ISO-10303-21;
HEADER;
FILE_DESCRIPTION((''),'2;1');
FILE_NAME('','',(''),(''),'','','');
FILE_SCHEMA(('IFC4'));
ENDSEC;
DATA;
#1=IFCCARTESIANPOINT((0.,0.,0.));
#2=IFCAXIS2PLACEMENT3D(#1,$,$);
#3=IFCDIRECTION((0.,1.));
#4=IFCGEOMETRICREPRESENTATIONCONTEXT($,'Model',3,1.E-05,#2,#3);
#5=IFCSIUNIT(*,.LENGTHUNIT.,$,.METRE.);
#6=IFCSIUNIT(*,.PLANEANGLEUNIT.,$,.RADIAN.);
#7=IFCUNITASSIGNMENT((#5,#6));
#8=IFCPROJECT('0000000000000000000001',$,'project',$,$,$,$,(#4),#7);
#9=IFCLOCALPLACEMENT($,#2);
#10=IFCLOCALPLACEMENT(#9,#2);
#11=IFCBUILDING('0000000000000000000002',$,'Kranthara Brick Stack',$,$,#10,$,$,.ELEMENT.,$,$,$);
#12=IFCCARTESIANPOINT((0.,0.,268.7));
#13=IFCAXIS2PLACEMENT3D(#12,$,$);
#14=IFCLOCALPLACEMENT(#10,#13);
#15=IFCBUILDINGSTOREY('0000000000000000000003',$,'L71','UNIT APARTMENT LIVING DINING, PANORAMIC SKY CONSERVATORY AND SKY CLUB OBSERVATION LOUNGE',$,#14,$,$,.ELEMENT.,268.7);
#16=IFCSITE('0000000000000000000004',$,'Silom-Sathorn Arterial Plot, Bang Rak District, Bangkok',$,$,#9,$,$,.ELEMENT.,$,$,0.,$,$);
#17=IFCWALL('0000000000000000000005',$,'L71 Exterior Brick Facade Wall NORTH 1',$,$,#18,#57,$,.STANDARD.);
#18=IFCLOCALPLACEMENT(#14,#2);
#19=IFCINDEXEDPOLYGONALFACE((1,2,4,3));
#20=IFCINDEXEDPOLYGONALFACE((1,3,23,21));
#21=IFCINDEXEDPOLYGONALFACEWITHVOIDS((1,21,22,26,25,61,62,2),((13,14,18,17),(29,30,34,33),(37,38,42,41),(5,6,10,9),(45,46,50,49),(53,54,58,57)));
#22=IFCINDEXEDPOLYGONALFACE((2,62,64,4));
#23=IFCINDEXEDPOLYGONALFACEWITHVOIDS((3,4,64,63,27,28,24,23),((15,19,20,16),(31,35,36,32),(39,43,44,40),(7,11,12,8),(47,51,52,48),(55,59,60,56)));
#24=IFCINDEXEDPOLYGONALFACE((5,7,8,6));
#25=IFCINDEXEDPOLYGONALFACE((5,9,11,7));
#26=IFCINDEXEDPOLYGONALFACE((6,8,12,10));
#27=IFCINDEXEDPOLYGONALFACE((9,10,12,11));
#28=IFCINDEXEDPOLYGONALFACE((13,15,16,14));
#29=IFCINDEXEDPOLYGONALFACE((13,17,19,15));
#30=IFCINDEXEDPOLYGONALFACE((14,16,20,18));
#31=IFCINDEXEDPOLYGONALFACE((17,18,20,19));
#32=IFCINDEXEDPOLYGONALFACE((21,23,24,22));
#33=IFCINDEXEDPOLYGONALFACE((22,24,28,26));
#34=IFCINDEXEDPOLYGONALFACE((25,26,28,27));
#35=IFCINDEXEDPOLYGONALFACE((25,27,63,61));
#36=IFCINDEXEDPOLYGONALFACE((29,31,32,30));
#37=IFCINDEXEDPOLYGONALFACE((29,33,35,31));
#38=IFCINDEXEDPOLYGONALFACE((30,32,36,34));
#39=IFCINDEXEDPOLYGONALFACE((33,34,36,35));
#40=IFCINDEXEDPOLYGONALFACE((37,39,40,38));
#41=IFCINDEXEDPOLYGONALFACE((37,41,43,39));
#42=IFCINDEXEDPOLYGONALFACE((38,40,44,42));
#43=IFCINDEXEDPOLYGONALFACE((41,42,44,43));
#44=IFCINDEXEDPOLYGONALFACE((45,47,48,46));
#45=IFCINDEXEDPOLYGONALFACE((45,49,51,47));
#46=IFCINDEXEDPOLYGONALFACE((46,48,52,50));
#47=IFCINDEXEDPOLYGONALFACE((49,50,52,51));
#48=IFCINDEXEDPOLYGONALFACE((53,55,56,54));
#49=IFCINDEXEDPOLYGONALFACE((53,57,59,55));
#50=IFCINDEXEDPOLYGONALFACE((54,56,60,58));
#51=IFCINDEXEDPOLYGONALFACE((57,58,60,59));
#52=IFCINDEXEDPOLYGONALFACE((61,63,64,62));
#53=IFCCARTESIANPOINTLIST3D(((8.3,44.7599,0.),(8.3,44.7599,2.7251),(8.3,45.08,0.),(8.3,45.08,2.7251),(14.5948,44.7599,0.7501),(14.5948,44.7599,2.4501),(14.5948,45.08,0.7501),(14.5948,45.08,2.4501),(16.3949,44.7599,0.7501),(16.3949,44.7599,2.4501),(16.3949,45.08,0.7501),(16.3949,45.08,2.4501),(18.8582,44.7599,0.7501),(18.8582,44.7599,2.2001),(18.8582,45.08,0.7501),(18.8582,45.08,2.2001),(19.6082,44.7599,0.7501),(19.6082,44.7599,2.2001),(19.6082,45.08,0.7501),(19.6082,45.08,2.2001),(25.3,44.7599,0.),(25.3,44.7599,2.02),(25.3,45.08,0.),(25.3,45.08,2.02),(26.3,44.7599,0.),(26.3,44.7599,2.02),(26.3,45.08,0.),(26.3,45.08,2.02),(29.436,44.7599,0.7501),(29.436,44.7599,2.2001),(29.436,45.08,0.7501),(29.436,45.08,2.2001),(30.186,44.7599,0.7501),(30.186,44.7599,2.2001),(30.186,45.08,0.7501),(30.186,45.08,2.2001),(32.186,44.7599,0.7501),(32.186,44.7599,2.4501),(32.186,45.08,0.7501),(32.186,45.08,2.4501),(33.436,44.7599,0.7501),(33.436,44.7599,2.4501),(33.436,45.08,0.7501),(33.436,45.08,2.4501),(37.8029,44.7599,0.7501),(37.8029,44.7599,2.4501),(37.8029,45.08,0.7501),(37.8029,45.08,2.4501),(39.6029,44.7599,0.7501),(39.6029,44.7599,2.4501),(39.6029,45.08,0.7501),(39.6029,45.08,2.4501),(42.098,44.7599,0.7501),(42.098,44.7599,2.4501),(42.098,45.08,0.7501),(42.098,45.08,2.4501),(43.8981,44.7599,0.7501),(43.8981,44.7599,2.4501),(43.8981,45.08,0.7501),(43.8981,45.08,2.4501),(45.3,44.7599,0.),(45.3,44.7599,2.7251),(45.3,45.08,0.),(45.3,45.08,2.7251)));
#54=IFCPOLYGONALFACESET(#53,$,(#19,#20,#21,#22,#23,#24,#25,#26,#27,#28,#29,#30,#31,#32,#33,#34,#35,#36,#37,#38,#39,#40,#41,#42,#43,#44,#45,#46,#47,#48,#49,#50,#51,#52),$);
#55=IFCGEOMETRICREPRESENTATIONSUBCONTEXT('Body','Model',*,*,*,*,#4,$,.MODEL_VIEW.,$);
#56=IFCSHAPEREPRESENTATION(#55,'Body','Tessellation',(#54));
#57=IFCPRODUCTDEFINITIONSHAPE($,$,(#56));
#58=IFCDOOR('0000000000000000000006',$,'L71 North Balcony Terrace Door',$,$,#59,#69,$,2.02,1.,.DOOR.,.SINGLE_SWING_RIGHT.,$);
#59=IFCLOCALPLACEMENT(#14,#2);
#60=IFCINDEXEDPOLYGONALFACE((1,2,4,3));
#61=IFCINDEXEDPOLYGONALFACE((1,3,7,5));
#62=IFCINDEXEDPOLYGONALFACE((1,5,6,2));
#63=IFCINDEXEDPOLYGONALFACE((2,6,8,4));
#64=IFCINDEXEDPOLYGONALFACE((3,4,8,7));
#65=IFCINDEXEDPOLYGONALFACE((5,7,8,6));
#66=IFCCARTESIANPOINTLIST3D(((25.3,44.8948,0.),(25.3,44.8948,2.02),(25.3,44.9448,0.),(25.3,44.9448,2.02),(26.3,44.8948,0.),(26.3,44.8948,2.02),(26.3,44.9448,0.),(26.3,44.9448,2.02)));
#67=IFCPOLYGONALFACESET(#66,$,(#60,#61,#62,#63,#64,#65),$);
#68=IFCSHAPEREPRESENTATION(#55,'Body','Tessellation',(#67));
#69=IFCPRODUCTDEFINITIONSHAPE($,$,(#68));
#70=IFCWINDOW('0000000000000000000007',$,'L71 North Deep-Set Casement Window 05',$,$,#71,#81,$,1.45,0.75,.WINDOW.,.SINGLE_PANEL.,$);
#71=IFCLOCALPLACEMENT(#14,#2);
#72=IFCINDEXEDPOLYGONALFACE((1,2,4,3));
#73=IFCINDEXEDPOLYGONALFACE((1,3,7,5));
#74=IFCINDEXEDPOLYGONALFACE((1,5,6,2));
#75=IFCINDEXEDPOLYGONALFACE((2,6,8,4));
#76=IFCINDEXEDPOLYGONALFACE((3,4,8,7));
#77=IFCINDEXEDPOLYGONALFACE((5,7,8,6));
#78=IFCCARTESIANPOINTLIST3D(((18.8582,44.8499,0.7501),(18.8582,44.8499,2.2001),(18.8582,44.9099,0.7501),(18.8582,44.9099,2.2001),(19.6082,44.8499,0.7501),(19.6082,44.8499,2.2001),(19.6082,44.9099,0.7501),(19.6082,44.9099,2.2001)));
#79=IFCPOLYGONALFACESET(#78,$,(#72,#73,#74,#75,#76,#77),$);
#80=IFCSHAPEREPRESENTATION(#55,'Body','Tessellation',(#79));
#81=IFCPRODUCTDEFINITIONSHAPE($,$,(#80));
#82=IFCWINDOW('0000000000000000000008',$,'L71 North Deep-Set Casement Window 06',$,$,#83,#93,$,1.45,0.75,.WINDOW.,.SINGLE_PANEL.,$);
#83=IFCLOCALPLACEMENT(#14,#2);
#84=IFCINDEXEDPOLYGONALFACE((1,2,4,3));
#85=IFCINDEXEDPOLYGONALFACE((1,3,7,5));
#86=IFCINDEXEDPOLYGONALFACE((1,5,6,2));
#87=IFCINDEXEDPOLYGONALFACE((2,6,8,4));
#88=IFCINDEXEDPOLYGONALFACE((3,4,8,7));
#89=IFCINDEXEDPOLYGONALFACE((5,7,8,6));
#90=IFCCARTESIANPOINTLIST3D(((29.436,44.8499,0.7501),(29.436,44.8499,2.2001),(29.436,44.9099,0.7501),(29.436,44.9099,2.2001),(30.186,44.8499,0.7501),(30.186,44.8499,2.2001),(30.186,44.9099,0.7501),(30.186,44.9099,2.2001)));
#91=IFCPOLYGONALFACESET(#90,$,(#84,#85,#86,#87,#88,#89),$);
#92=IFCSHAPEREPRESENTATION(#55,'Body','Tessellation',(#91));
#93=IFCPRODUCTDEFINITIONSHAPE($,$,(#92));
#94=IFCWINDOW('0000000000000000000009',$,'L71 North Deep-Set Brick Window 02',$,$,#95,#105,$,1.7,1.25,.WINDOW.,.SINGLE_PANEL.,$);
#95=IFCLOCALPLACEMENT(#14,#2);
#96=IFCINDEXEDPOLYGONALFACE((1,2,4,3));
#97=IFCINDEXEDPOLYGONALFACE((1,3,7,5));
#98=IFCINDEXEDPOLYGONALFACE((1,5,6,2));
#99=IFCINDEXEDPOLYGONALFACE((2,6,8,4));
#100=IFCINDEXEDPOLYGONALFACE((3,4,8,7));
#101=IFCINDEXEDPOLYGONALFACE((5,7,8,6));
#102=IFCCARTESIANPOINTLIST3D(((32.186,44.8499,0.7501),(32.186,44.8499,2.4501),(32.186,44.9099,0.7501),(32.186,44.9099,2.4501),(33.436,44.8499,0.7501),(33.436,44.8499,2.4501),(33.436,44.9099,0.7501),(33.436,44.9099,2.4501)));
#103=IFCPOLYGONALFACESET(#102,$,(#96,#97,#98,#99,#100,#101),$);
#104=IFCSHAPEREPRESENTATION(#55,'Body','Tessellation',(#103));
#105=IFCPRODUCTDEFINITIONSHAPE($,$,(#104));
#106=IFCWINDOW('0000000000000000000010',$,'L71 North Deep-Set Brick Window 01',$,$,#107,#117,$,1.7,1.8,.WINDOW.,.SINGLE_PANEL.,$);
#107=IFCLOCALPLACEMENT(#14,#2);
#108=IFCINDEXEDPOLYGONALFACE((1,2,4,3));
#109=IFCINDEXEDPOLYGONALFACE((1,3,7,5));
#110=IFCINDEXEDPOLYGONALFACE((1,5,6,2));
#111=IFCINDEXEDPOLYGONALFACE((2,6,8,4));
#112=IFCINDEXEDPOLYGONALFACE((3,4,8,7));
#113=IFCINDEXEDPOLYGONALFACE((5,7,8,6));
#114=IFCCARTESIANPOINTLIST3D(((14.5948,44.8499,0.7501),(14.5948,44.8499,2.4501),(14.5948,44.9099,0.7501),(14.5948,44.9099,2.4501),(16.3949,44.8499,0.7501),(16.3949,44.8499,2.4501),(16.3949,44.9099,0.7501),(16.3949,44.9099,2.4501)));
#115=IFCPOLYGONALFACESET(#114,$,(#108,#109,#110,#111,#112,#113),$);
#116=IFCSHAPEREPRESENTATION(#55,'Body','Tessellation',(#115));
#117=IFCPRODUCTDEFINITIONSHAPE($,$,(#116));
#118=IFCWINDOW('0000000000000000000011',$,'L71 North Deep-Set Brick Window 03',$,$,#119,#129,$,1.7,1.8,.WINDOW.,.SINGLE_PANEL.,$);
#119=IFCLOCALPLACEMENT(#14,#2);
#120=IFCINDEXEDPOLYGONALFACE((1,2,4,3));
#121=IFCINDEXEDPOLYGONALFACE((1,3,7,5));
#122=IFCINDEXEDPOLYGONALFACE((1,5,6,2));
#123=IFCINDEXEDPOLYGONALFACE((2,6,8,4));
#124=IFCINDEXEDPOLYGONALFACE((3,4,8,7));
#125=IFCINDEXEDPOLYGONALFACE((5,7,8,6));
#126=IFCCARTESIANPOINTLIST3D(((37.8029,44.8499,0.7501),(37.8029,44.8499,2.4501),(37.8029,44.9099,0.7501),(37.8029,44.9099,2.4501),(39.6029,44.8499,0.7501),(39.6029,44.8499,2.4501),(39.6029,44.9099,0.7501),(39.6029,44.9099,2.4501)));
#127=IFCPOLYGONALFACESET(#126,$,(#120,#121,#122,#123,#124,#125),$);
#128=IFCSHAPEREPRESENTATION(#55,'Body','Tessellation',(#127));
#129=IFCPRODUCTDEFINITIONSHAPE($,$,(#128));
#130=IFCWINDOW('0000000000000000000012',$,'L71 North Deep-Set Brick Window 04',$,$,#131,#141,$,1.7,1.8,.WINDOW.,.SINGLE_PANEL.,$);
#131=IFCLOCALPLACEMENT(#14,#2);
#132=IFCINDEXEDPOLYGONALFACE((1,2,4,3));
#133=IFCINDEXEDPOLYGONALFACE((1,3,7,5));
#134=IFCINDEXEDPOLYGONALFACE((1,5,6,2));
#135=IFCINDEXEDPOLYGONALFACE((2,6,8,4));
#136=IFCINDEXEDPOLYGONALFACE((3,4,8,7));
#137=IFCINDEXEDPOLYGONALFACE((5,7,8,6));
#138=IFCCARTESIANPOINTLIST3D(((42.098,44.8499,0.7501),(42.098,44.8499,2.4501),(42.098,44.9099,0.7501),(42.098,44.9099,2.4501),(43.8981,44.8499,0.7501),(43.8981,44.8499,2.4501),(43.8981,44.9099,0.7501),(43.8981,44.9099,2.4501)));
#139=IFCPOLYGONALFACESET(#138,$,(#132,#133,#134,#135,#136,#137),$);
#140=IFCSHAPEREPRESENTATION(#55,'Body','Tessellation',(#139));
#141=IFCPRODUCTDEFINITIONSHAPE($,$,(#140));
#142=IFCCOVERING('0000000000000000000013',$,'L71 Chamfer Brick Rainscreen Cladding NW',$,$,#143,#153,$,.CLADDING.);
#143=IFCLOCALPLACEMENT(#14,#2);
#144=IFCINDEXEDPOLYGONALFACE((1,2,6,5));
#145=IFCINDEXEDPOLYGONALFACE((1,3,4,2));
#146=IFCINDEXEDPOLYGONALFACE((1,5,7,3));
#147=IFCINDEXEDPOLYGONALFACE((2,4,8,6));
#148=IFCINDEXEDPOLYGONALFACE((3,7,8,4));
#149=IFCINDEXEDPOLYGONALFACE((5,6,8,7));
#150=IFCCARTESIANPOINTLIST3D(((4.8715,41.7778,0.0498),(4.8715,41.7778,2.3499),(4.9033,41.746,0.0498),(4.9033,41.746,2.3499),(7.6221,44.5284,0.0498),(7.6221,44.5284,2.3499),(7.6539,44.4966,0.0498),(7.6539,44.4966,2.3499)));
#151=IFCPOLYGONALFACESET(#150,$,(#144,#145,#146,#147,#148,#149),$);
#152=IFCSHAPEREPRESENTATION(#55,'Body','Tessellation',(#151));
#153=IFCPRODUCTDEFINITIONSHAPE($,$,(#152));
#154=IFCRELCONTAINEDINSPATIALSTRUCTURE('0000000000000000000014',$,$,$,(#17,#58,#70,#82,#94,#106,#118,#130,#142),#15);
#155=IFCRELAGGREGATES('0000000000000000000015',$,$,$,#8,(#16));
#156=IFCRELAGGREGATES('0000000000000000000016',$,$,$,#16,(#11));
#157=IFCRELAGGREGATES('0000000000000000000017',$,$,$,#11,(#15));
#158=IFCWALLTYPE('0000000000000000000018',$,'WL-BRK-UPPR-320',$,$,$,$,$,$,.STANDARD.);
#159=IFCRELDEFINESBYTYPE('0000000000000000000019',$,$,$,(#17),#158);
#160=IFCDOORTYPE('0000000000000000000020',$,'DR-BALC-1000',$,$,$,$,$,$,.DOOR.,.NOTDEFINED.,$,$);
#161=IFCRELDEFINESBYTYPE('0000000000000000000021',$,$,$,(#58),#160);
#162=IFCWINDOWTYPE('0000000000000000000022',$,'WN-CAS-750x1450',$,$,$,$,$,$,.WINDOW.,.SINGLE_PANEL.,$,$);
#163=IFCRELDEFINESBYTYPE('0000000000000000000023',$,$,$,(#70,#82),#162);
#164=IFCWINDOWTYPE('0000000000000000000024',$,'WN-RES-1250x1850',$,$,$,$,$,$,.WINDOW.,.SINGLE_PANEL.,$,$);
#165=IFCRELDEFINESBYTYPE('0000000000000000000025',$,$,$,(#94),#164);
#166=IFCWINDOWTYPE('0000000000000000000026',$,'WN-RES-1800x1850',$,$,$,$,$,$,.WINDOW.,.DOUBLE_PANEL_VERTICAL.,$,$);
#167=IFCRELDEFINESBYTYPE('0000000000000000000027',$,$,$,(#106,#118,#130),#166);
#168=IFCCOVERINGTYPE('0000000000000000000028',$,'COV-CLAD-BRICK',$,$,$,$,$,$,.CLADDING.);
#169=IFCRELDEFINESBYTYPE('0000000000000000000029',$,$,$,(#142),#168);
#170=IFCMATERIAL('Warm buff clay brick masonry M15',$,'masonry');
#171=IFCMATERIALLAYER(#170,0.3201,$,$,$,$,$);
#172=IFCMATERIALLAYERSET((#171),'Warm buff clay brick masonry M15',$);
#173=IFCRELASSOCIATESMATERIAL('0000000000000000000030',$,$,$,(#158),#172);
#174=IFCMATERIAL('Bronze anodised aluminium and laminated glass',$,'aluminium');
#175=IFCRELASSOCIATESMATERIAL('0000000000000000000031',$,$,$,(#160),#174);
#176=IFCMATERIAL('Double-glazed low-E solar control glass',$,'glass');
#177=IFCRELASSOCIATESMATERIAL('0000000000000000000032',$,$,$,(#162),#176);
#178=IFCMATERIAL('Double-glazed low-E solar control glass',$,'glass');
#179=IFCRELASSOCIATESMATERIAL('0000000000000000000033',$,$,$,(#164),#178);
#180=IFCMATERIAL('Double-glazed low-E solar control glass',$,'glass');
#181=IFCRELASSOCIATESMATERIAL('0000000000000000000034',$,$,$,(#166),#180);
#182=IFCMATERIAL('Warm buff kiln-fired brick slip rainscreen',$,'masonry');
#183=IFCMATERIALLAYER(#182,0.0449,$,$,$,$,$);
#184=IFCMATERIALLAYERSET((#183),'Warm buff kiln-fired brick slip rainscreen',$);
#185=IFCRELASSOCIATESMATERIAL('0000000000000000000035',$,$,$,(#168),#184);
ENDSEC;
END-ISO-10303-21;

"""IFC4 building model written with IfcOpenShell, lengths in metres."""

from ifc_helpers import new_model, si_unit, direction, frame, frame_2d, origin, origin_2d, place, context, subcontext, project, spatial, rectangle, extrude, material, layer, layer_set, type_object, element, fill, save


model = new_model("IFC4")

# Units and contexts
model_context = context("Model", 3, precision=1e-05, world=origin(), true_north=direction((0.0, 1.0)))
body_context = subcontext(model_context, "Body", "Model", "MODEL_VIEW")
ifc_project = project(units=[si_unit("LENGTHUNIT", "METRE"), si_unit("PLANEANGLEUNIT", "RADIAN")], contexts=[model_context])

# Site, building, storey
site_placement = place(None, origin())
site = spatial("IfcSite", under=ifc_project, at=site_placement, Name="Silom-Sathorn Arterial Plot, Bang Rak District, Bangkok", CompositionType="ELEMENT", RefElevation=0.0)
building_placement = place(site_placement, origin())
building = spatial("IfcBuilding", under=site, at=building_placement, Name="Kranthara Brick Stack", CompositionType="ELEMENT")
storey_placement = place(building_placement, frame((0.0, 0.0, 268.7)))
storey = spatial("IfcBuildingStorey", under=building, at=storey_placement, Name="L71", Description="UNIT APARTMENT LIVING DINING, PANORAMIC SKY CONSERVATORY AND SKY CLUB OBSERVATION LOUNGE", CompositionType="ELEMENT", Elevation=268.7)

# Wall, openings, door, windows
ifc_material_1 = material(Name="Warm buff clay brick masonry M15", Category="masonry")
ifc_layer_1 = layer(ifc_material_1, 0.3201)
ifc_layer_set_1 = layer_set([ifc_layer_1], Name="Warm buff clay brick masonry M15")
wall_type = type_object("IfcWallType", Name="WL-BRK-UPPR-320", PredefinedType="STANDARD", material=ifc_layer_set_1)
wall_placement = place(storey_placement, frame((8.3, 44.9199, 0.0), z_axis=(0.0, 0.0, 1.0), x_axis=(1.0, 0.0, 0.0)))
wall = element("IfcWall", 1, at=wall_placement, inside=storey, type_object=wall_type, Name="L71 Exterior Brick Facade Wall NORTH 1", PredefinedType="STANDARD", context=body_context, shape_type="SweptSolid", body=[
    extrude(rectangle(XDim=37.0, YDim=0.3201, at=frame_2d((18.5, 0.0))), origin(), (0.0, 0.0, 1.0), 2.7251),
])
opening_1_placement = place(wall_placement, frame((17.0, 0.0, 0.0)))
opening_1 = element("IfcOpeningElement", 2, at=opening_1_placement, cuts=wall, PredefinedType="OPENING", context=body_context, shape_type="SweptSolid", body=[
    extrude(rectangle(XDim=1.0, YDim=2.02, at=frame_2d((0.5, 1.01))), frame((0.0, 0.1699, 0.0), z_axis=(0.0, -1.0, 0.0), x_axis=(1.0, 0.0, 0.0)), (0.0, 0.0, 1.0), 0.3401),
])
opening_2_placement = place(wall_placement, frame((6.2949, 0.0, 0.75)))
opening_2 = element("IfcOpeningElement", 3, at=opening_2_placement, cuts=wall, PredefinedType="OPENING", context=body_context, shape_type="SweptSolid", body=[
    extrude(rectangle(XDim=1.8, YDim=1.7, at=frame_2d((0.8999, 0.8501))), frame((0.0, 0.1699, 0.0), z_axis=(0.0, -1.0, 0.0), x_axis=(1.0, 0.0, 0.0)), (0.0, 0.0, 1.0), 0.3401),
])
opening_3_placement = place(wall_placement, frame((23.886, 0.0, 0.75)))
opening_3 = element("IfcOpeningElement", 4, at=opening_3_placement, cuts=wall, PredefinedType="OPENING", context=body_context, shape_type="SweptSolid", body=[
    extrude(rectangle(XDim=1.25, YDim=1.7, at=frame_2d((0.625, 0.8501))), frame((0.0, 0.1699, 0.0), z_axis=(0.0, -1.0, 0.0), x_axis=(1.0, 0.0, 0.0)), (0.0, 0.0, 1.0), 0.3401),
])
opening_4_placement = place(wall_placement, frame((29.5029, 0.0, 0.75)))
opening_4 = element("IfcOpeningElement", 5, at=opening_4_placement, cuts=wall, PredefinedType="OPENING", context=body_context, shape_type="SweptSolid", body=[
    extrude(rectangle(XDim=1.8, YDim=1.7, at=frame_2d((0.8999, 0.8501))), frame((0.0, 0.1699, 0.0), z_axis=(0.0, -1.0, 0.0), x_axis=(1.0, 0.0, 0.0)), (0.0, 0.0, 1.0), 0.3401),
])
opening_5_placement = place(wall_placement, frame((33.7981, 0.0, 0.75)))
opening_5 = element("IfcOpeningElement", 6, at=opening_5_placement, cuts=wall, PredefinedType="OPENING", context=body_context, shape_type="SweptSolid", body=[
    extrude(rectangle(XDim=1.8, YDim=1.7, at=frame_2d((0.8999, 0.8501))), frame((0.0, 0.1699, 0.0), z_axis=(0.0, -1.0, 0.0), x_axis=(1.0, 0.0, 0.0)), (0.0, 0.0, 1.0), 0.3401),
])
opening_6_placement = place(wall_placement, frame((10.5581, 0.0, 0.75)))
opening_6 = element("IfcOpeningElement", 7, at=opening_6_placement, cuts=wall, PredefinedType="OPENING", context=body_context, shape_type="SweptSolid", body=[
    extrude(rectangle(XDim=0.75, YDim=1.45, at=frame_2d((0.375, 0.7251))), frame((0.0, 0.1699, 0.0), z_axis=(0.0, -1.0, 0.0), x_axis=(1.0, 0.0, 0.0)), (0.0, 0.0, 1.0), 0.3401),
])
opening_7_placement = place(wall_placement, frame((21.136, 0.0, 0.75)))
opening_7 = element("IfcOpeningElement", 8, at=opening_7_placement, cuts=wall, PredefinedType="OPENING", context=body_context, shape_type="SweptSolid", body=[
    extrude(rectangle(XDim=0.75, YDim=1.45, at=frame_2d((0.375, 0.7251))), frame((0.0, 0.1699, 0.0), z_axis=(0.0, -1.0, 0.0), x_axis=(1.0, 0.0, 0.0)), (0.0, 0.0, 1.0), 0.3401),
])
ifc_material_2 = material(Name="Bronze anodised aluminium and laminated glass", Category="aluminium")
door_type = type_object("IfcDoorType", Name="DR-BALC-1000", OperationType="NOTDEFINED", PredefinedType="DOOR", material=ifc_material_2)
door_placement = place(opening_1_placement, origin())
door = element("IfcDoor", 9, at=door_placement, inside=storey, type_object=door_type, Name="L71 North Balcony Terrace Door", OperationType="SINGLE_SWING_RIGHT", OverallHeight=2.02, OverallWidth=1.0, PredefinedType="DOOR", context=body_context, shape_type="SweptSolid", body=[
    extrude(rectangle(XDim=1.0, YDim=2.02, at=frame_2d((0.5, 1.01))), frame((0.0, 0.0249, 0.0), z_axis=(0.0, -1.0, 0.0), x_axis=(1.0, 0.0, 0.0)), (0.0, 0.0, 1.0), 0.05),
])
fill(opening_1, door)
ifc_material_3 = material(Name="Double-glazed low-E solar control glass", Category="glass")
window_type_1 = type_object("IfcWindowType", Name="WN-CAS-750x1450", PartitioningType="SINGLE_PANEL", PredefinedType="WINDOW", material=ifc_material_3)
window_1_placement = place(opening_6_placement, origin())
window_1 = element("IfcWindow", 10, at=window_1_placement, inside=storey, type_object=window_type_1, Name="L71 North Deep-Set Casement Window 05", OverallHeight=1.45, OverallWidth=0.75, PartitioningType="SINGLE_PANEL", PredefinedType="WINDOW", context=body_context, shape_type="SweptSolid", body=[
    extrude(rectangle(XDim=0.75, YDim=1.45, at=frame_2d((0.375, 0.7251))), frame((0.0, -0.01, 0.0), z_axis=(0.0, -1.0, 0.0), x_axis=(1.0, 0.0, 0.0)), (0.0, 0.0, 1.0), 0.0601),
])
fill(opening_6, window_1)
window_2_placement = place(opening_7_placement, origin())
window_2 = element("IfcWindow", 11, at=window_2_placement, inside=storey, type_object=window_type_1, Name="L71 North Deep-Set Casement Window 06", OverallHeight=1.45, OverallWidth=0.75, PartitioningType="SINGLE_PANEL", PredefinedType="WINDOW", context=body_context, shape_type="SweptSolid", body=[
    extrude(rectangle(XDim=0.75, YDim=1.45, at=frame_2d((0.375, 0.7251))), frame((0.0, -0.01, 0.0), z_axis=(0.0, -1.0, 0.0), x_axis=(1.0, 0.0, 0.0)), (0.0, 0.0, 1.0), 0.0601),
])
fill(opening_7, window_2)
ifc_material_4 = material(Name="Double-glazed low-E solar control glass", Category="glass")
window_type_2 = type_object("IfcWindowType", Name="WN-RES-1250x1850", PartitioningType="SINGLE_PANEL", PredefinedType="WINDOW", material=ifc_material_4)
window_3_placement = place(opening_3_placement, origin())
window_3 = element("IfcWindow", 12, at=window_3_placement, inside=storey, type_object=window_type_2, Name="L71 North Deep-Set Brick Window 02", OverallHeight=1.7, OverallWidth=1.25, PartitioningType="SINGLE_PANEL", PredefinedType="WINDOW", context=body_context, shape_type="SweptSolid", body=[
    extrude(rectangle(XDim=1.25, YDim=1.7, at=frame_2d((0.625, 0.8501))), frame((0.0, -0.01, 0.0), z_axis=(0.0, -1.0, 0.0), x_axis=(1.0, 0.0, 0.0)), (0.0, 0.0, 1.0), 0.0601),
])
fill(opening_3, window_3)
ifc_material_5 = material(Name="Double-glazed low-E solar control glass", Category="glass")
window_type_3 = type_object("IfcWindowType", Name="WN-RES-1800x1850", PartitioningType="DOUBLE_PANEL_VERTICAL", PredefinedType="WINDOW", material=ifc_material_5)
window_4_placement = place(opening_2_placement, origin())
window_4 = element("IfcWindow", 13, at=window_4_placement, inside=storey, type_object=window_type_3, Name="L71 North Deep-Set Brick Window 01", OverallHeight=1.7, OverallWidth=1.8, PartitioningType="SINGLE_PANEL", PredefinedType="WINDOW", context=body_context, shape_type="SweptSolid", body=[
    extrude(rectangle(XDim=1.8, YDim=1.7, at=frame_2d((0.8999, 0.8501))), frame((0.0, -0.01, 0.0), z_axis=(0.0, -1.0, 0.0), x_axis=(1.0, 0.0, 0.0)), (0.0, 0.0, 1.0), 0.0601),
])
fill(opening_2, window_4)
window_5_placement = place(opening_4_placement, origin())
window_5 = element("IfcWindow", 14, at=window_5_placement, inside=storey, type_object=window_type_3, Name="L71 North Deep-Set Brick Window 03", OverallHeight=1.7, OverallWidth=1.8, PartitioningType="SINGLE_PANEL", PredefinedType="WINDOW", context=body_context, shape_type="SweptSolid", body=[
    extrude(rectangle(XDim=1.8, YDim=1.7, at=frame_2d((0.8999, 0.8501))), frame((0.0, -0.01, 0.0), z_axis=(0.0, -1.0, 0.0), x_axis=(1.0, 0.0, 0.0)), (0.0, 0.0, 1.0), 0.0601),
])
fill(opening_4, window_5)
window_6_placement = place(opening_5_placement, origin())
window_6 = element("IfcWindow", 15, at=window_6_placement, inside=storey, type_object=window_type_3, Name="L71 North Deep-Set Brick Window 04", OverallHeight=1.7, OverallWidth=1.8, PartitioningType="SINGLE_PANEL", PredefinedType="WINDOW", context=body_context, shape_type="SweptSolid", body=[
    extrude(rectangle(XDim=1.8, YDim=1.7, at=frame_2d((0.8999, 0.8501))), frame((0.0, -0.01, 0.0), z_axis=(0.0, -1.0, 0.0), x_axis=(1.0, 0.0, 0.0)), (0.0, 0.0, 1.0), 0.0601),
])
fill(opening_5, window_6)

# Covering
ifc_material_6 = material(Name="Warm buff kiln-fired brick slip rainscreen", Category="masonry")
ifc_layer_2 = layer(ifc_material_6, 0.0449)
ifc_layer_set_2 = layer_set([ifc_layer_2], Name="Warm buff kiln-fired brick slip rainscreen")
covering_type = type_object("IfcCoveringType", Name="COV-CLAD-BRICK", PredefinedType="CLADDING", material=ifc_layer_set_2)
covering_placement = place(storey_placement, frame((6.2627, 43.1372, 0.0498), z_axis=(0.0, 0.0, 1.0), x_axis=(0.707107, 0.707107, 0.0)))
element("IfcCovering", 16, at=covering_placement, inside=storey, type_object=covering_type, Name="L71 Chamfer Brick Rainscreen Cladding NW", PredefinedType="CLADDING", context=body_context, shape_type="SweptSolid", body=[
    extrude(rectangle(XDim=3.8899, YDim=0.0449, at=origin_2d()), origin(), (0.0, 0.0, 1.0), 2.3),
])

save(model, "model.ifc")
